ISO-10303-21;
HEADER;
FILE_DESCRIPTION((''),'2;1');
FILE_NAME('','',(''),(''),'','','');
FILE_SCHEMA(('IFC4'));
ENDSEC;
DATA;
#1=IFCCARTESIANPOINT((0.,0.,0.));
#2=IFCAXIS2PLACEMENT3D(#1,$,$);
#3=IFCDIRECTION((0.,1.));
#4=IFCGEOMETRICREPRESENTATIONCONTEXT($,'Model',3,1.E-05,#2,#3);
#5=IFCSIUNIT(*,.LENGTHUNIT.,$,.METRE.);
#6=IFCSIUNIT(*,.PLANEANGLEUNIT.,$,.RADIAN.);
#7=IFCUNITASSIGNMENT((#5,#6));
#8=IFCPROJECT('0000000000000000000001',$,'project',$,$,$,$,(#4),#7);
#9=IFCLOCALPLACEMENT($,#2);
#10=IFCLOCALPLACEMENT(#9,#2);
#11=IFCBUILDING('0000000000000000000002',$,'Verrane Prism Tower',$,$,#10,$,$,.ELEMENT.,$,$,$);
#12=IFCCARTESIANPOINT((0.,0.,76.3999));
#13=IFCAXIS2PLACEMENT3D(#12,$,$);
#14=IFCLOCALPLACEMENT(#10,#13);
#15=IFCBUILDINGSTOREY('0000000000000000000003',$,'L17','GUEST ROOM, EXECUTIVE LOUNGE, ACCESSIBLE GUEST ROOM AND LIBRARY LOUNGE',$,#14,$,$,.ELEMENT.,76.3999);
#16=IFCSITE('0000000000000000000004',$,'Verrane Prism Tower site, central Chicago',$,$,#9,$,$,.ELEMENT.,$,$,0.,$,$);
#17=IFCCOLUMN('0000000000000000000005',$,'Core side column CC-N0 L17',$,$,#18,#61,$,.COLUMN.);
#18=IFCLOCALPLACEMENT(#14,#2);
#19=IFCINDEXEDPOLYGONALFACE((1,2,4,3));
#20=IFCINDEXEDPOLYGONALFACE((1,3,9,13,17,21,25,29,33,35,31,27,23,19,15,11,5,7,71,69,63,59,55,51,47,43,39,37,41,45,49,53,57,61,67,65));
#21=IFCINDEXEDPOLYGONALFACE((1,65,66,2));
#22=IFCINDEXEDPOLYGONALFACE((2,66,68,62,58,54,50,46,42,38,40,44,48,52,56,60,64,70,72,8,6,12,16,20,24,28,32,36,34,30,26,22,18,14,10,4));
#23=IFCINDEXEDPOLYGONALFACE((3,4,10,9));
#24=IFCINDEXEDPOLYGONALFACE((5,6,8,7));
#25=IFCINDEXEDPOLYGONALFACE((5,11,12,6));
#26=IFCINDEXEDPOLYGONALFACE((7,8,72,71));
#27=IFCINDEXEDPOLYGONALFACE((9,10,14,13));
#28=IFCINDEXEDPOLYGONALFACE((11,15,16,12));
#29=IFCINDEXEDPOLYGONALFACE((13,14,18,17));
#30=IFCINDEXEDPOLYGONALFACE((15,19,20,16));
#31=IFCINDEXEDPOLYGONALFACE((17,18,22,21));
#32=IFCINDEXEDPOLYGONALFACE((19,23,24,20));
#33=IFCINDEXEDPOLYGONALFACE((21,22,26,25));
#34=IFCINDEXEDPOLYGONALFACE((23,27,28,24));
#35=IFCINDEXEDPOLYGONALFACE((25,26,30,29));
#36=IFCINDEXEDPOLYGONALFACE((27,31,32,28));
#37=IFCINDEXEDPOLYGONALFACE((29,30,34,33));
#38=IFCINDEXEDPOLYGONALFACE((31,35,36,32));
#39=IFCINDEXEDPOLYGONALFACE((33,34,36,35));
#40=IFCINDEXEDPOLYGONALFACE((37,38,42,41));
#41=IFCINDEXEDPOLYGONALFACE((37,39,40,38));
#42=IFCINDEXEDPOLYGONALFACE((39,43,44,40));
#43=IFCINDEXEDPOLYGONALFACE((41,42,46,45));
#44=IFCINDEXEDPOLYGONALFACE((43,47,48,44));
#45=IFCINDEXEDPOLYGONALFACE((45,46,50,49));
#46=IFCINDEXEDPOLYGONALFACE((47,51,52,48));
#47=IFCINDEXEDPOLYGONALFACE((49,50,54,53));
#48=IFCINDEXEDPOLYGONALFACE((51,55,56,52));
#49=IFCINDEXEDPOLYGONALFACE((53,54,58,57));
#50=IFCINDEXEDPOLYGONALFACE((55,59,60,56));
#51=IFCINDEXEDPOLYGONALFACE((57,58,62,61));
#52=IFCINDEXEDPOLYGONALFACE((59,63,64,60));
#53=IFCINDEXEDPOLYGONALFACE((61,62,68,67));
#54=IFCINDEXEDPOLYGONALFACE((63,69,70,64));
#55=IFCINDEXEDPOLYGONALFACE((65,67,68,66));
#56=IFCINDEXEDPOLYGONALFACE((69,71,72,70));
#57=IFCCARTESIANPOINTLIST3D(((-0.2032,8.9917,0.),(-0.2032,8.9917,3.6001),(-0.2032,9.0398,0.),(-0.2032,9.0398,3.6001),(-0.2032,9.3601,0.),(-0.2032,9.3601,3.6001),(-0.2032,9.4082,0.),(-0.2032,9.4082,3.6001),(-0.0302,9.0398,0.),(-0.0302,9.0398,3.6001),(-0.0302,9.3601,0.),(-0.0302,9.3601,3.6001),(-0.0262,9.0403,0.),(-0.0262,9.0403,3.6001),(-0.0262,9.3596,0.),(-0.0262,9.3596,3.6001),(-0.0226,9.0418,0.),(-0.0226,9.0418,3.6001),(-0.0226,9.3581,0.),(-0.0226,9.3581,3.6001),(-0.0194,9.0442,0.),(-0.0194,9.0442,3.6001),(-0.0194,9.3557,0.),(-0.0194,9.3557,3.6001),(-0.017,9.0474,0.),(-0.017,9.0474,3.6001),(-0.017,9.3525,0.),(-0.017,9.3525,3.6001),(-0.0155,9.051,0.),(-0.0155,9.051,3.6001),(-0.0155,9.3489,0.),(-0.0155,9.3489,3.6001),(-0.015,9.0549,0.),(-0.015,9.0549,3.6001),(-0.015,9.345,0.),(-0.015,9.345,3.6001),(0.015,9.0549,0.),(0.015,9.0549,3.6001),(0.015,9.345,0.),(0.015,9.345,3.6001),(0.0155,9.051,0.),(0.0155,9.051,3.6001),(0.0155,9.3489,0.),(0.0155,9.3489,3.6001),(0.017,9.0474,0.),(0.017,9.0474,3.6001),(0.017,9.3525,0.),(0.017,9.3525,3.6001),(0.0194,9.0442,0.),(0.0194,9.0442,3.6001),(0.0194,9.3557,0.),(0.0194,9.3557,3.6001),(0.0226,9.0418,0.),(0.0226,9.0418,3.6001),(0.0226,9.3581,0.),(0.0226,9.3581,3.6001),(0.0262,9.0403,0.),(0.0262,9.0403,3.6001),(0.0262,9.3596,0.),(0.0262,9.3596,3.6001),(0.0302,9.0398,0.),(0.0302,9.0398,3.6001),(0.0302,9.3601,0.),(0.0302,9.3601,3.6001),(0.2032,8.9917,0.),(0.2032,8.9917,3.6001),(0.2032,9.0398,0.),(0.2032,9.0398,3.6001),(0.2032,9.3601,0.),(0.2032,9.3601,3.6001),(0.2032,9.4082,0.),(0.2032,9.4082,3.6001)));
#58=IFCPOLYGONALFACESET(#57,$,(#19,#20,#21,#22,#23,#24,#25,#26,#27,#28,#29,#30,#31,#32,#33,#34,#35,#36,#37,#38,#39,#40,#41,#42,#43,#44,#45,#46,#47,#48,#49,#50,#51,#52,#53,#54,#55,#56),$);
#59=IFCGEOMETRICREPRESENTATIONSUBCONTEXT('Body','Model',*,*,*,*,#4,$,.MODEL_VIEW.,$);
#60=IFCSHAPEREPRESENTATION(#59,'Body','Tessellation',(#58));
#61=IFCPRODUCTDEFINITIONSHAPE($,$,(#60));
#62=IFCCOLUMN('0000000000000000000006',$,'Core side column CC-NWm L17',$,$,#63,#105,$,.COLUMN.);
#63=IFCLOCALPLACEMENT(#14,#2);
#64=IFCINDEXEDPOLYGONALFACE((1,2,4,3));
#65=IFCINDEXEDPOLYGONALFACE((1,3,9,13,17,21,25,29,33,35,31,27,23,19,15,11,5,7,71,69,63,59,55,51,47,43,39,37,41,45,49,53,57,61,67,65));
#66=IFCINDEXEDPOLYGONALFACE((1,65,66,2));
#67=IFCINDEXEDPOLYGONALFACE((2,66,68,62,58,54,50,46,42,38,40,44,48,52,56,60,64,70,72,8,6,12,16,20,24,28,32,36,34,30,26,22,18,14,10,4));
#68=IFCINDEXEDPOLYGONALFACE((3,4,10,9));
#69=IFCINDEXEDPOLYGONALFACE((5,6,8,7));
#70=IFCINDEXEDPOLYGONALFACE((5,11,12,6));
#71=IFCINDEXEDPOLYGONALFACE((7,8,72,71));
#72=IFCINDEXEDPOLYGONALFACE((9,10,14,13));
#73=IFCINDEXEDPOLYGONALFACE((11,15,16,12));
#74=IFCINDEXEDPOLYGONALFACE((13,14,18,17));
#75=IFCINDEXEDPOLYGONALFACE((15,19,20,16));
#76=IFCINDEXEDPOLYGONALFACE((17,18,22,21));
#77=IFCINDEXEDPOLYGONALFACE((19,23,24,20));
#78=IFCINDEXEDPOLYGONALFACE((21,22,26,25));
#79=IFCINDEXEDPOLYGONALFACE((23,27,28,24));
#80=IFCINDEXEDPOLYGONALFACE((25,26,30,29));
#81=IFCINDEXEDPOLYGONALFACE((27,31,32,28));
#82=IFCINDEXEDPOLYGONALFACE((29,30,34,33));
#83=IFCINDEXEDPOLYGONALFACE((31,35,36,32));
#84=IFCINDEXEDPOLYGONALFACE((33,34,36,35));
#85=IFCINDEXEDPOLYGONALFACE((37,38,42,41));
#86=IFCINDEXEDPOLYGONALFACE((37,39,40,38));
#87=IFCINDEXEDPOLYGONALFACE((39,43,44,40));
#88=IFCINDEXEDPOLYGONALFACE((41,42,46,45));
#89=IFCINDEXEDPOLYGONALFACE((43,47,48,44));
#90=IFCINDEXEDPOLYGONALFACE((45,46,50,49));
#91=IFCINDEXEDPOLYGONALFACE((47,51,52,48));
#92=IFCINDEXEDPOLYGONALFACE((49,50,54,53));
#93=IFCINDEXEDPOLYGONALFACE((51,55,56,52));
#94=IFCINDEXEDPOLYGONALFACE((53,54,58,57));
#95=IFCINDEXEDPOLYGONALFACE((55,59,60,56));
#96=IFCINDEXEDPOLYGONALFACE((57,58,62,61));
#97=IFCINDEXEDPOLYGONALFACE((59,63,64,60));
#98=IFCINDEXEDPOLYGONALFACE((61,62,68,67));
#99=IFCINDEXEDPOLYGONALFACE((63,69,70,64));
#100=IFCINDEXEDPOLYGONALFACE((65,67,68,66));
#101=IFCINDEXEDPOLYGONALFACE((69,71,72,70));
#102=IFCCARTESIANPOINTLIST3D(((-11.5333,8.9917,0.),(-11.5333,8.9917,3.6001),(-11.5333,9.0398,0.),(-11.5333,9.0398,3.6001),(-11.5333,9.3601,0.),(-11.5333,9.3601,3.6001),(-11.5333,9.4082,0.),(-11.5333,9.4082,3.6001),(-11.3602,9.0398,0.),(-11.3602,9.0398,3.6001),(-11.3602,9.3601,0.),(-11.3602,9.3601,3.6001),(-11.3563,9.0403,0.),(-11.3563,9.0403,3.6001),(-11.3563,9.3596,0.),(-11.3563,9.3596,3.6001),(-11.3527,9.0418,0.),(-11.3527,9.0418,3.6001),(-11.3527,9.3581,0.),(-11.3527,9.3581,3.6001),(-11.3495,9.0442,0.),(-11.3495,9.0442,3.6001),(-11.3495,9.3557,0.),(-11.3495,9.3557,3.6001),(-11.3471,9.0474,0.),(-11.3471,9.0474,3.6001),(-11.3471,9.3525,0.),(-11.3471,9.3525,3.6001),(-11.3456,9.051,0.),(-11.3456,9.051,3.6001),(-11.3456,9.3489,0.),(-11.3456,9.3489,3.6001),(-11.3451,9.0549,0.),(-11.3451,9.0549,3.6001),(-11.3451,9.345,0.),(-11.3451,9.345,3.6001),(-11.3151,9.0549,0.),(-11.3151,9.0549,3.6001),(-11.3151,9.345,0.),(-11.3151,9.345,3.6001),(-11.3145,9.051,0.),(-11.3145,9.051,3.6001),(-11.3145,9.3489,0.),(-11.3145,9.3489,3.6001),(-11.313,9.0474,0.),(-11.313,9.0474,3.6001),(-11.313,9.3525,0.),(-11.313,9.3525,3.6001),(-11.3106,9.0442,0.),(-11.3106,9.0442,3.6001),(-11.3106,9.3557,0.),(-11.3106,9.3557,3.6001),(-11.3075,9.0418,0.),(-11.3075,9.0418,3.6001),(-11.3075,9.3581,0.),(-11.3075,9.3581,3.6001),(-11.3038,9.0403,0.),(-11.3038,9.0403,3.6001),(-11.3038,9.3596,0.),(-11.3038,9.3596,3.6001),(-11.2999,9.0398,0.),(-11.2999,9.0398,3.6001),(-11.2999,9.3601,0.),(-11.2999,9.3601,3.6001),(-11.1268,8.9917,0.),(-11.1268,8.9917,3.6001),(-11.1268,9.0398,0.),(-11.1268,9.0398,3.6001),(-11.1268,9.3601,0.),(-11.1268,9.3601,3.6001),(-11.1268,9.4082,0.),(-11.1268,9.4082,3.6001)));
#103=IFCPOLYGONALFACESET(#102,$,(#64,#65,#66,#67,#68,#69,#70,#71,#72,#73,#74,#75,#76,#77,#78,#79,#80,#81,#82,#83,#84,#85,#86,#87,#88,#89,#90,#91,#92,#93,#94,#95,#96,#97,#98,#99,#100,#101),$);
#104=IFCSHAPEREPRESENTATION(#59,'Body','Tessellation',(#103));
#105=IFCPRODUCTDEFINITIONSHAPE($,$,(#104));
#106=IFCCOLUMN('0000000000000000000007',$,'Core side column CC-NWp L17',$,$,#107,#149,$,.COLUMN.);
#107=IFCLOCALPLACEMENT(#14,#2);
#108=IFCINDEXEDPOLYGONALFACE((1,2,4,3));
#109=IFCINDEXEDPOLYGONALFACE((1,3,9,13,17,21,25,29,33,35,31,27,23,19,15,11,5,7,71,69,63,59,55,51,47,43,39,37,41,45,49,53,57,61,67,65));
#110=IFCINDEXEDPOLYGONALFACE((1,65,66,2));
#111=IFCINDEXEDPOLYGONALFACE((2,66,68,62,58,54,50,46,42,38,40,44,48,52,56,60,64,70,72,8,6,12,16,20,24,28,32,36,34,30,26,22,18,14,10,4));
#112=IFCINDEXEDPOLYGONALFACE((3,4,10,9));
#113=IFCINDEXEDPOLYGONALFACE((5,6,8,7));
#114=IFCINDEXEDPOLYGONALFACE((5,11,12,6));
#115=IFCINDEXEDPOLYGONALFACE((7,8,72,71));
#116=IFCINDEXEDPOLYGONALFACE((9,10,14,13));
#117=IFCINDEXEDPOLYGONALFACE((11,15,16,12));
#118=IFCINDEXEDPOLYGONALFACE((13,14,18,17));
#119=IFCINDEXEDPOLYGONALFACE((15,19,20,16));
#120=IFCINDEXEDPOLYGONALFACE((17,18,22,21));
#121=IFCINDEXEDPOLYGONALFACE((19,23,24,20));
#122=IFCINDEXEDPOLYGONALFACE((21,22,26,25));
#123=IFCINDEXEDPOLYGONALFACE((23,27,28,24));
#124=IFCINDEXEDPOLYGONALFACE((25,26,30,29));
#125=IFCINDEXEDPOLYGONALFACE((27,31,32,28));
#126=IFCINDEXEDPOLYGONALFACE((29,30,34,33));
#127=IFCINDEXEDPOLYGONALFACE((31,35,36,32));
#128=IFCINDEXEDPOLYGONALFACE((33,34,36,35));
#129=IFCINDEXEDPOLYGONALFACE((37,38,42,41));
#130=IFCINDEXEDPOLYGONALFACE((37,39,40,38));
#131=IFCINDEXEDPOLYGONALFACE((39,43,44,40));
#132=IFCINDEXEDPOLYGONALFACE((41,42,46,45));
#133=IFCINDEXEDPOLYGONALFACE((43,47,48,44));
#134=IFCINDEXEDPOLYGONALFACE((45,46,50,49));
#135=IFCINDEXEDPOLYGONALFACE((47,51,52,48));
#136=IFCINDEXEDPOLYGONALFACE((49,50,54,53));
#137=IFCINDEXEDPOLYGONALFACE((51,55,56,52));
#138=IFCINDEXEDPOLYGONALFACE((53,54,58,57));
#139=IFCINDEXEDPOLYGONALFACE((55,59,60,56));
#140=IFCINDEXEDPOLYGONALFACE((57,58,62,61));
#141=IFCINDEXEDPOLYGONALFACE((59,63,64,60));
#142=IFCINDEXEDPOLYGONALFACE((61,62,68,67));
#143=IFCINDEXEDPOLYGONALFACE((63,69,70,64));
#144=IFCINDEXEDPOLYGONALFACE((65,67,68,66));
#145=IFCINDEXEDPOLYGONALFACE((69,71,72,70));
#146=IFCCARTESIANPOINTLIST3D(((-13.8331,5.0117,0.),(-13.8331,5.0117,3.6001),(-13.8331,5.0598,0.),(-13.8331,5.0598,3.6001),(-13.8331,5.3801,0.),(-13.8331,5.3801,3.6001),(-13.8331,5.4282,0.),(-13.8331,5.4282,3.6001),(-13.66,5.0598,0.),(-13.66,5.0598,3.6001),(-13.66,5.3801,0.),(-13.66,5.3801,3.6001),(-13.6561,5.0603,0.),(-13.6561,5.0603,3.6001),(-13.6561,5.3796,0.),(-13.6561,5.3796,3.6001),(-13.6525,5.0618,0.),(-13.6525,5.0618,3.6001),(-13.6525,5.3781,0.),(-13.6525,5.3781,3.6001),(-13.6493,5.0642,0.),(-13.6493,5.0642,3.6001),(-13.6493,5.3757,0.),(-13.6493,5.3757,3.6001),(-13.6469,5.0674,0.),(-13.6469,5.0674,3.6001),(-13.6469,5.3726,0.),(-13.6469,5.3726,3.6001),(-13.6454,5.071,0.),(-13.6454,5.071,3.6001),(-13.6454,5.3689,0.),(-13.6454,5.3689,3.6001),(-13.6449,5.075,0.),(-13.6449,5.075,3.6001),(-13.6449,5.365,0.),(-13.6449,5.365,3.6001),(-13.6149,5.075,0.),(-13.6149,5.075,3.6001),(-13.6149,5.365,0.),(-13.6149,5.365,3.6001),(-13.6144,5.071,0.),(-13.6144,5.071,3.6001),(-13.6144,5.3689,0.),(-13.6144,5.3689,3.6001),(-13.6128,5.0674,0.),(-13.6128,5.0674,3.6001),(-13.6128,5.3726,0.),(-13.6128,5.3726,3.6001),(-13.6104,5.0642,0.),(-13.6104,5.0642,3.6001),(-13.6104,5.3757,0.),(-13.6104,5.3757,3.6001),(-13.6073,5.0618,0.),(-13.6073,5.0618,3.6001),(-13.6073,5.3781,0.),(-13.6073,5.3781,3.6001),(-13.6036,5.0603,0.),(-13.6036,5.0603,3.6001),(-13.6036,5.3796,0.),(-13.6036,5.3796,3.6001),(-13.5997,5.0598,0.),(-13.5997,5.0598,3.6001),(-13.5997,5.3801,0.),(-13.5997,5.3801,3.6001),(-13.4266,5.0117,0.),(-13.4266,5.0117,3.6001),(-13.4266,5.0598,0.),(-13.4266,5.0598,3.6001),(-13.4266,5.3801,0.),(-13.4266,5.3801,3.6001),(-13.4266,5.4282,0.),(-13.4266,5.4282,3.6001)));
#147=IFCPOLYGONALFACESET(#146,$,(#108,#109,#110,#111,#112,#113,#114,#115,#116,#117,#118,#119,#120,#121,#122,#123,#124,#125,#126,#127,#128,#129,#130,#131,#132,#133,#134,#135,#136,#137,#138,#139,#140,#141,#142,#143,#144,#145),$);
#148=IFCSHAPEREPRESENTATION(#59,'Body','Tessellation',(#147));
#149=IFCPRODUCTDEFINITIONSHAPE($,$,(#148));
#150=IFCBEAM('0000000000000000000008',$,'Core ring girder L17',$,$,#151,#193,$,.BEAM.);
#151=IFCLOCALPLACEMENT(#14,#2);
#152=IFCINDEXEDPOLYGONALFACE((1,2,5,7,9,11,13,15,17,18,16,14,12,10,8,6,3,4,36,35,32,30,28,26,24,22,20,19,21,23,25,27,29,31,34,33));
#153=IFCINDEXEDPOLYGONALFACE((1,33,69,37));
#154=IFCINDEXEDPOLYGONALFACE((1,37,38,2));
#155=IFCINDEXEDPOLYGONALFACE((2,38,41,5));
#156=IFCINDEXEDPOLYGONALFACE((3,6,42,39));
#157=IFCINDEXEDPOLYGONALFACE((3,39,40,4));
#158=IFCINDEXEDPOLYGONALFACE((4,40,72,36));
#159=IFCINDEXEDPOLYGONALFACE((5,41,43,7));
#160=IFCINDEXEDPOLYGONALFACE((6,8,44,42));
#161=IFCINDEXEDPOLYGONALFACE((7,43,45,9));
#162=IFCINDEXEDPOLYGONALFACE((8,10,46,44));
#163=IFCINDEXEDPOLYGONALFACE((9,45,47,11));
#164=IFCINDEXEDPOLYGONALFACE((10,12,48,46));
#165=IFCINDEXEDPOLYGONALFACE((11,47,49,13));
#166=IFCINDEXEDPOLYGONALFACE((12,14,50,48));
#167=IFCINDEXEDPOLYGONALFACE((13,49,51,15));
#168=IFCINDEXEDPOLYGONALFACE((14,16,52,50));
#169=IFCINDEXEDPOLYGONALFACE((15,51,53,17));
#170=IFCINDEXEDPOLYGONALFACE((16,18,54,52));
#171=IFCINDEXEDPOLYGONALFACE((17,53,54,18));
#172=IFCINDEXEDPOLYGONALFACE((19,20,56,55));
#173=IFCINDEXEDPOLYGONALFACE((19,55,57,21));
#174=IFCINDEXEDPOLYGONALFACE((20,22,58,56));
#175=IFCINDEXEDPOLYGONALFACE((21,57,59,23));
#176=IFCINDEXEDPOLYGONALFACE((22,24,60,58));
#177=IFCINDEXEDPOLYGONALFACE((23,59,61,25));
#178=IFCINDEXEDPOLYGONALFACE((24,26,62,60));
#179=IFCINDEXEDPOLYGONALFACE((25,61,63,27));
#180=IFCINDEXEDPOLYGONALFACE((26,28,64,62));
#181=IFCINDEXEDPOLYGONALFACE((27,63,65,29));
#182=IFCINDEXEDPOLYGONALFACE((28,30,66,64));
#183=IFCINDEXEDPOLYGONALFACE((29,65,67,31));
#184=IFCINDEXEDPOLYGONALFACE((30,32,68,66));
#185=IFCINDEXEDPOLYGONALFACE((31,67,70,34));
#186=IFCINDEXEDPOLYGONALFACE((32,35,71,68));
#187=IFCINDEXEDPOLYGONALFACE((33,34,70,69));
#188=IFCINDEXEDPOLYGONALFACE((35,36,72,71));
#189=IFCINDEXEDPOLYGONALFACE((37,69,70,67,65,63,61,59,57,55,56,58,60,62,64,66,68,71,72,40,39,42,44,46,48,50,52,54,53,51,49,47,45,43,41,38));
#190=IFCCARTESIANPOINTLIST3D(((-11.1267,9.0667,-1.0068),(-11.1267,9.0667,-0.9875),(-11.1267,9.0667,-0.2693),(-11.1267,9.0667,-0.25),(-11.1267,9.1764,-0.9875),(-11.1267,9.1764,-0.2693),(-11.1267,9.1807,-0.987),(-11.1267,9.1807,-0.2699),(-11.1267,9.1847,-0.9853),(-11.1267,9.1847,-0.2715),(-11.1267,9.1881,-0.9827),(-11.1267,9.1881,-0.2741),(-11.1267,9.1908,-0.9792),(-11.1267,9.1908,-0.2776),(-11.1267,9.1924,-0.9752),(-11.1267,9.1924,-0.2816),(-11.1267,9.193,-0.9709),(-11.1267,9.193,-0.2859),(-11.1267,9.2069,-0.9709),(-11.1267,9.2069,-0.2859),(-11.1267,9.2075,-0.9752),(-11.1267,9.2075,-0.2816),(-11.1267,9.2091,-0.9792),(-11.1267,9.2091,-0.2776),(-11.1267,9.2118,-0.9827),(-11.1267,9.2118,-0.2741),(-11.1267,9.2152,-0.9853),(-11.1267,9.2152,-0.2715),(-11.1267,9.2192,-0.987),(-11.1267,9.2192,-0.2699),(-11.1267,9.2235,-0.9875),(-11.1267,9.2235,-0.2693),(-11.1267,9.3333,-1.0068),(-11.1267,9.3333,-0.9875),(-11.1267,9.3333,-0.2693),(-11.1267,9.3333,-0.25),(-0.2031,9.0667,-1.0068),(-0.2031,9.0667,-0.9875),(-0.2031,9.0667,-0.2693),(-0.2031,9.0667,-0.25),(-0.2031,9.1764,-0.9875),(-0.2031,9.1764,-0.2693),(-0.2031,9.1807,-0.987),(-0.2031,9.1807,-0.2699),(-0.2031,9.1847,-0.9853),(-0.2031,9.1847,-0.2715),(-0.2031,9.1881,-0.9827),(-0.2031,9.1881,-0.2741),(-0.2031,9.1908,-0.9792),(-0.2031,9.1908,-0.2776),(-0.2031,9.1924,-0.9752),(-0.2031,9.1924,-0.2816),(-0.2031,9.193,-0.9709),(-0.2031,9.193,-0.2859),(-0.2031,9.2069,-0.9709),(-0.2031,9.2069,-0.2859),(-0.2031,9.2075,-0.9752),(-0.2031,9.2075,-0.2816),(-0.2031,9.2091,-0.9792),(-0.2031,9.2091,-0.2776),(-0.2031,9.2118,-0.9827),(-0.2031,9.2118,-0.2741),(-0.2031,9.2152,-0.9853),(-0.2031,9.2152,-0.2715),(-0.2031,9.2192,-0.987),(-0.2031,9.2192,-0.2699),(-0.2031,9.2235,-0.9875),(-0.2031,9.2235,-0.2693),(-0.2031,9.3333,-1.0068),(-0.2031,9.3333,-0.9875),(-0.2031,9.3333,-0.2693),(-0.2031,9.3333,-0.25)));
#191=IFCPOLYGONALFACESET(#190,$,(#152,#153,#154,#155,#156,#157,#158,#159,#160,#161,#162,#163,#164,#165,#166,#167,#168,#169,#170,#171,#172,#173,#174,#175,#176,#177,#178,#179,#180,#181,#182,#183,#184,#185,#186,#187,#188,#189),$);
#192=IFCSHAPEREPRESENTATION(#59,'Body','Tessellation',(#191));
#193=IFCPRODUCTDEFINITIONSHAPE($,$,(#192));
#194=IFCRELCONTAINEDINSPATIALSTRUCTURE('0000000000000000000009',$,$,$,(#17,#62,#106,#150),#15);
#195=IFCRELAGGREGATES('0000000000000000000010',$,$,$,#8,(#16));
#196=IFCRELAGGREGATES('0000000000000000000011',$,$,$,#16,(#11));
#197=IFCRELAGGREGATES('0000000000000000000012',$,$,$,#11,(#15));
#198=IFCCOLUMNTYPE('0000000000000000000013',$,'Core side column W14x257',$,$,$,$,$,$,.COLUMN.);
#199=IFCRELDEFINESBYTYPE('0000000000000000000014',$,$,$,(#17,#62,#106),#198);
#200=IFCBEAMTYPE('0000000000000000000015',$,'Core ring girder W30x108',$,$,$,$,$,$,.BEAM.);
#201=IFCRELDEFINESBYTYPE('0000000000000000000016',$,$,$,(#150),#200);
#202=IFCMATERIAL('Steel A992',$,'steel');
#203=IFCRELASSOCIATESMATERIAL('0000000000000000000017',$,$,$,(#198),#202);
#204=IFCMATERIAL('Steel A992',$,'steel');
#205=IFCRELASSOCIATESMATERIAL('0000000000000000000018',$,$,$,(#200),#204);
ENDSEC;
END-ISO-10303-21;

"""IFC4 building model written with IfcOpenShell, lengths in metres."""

from ifc_helpers import new_model, si_unit, direction, frame, origin, origin_2d, place, context, subcontext, project, spatial, i_section, extrude, material, material_profile, profile_set, type_object, element, save


model = new_model("IFC4")

# Units and contexts
model_context = context("Model", 3, precision=1e-05, world=origin(), true_north=direction((0.0, 1.0)))
body_context = subcontext(model_context, "Body", "Model", "MODEL_VIEW")
ifc_project = project(units=[si_unit("LENGTHUNIT", "METRE"), si_unit("PLANEANGLEUNIT", "RADIAN")], contexts=[model_context])

# Site, building, storey
site_placement = place(None, origin())
site = spatial("IfcSite", under=ifc_project, at=site_placement, Name="Verrane Prism Tower site, central Chicago", CompositionType="ELEMENT", RefElevation=0.0)
building_placement = place(site_placement, origin())
building = spatial("IfcBuilding", under=site, at=building_placement, Name="Verrane Prism Tower", CompositionType="ELEMENT")
storey_placement = place(building_placement, frame((0.0, 0.0, 76.3999)))
storey = spatial("IfcBuildingStorey", under=building, at=storey_placement, Name="L17", Description="GUEST ROOM, EXECUTIVE LOUNGE, ACCESSIBLE GUEST ROOM AND LIBRARY LOUNGE", CompositionType="ELEMENT", Elevation=76.3999)

# Columns
ifc_material_1 = material(Name="Steel A992", Category="steel")
ifc_material_profile_1 = material_profile(ifc_material_1, i_section(OverallWidth=0.4065, OverallDepth=0.4165, WebThickness=0.03, FlangeThickness=0.0481, FilletRadius=0.0151, at=origin_2d()), Name="W14x257")
ifc_profile_set_1 = profile_set([ifc_material_profile_1], Name="Steel A992")
column_type = type_object("IfcColumnType", Name="Core side column W14x257", PredefinedType="COLUMN", material=ifc_profile_set_1)
for number, where, z_axis, x_axis, name in (
    (1, (0.0, 9.2, 0.0), (0.0, 0.0, 1.0), (1.0, 0.0, 0.0), "Core side column CC-N0 L17"),
    (2, (-11.3301, 9.2, 0.0), (0.0, 0.0, 1.0), (1.0, 0.0, 0.0), "Core side column CC-NWm L17"),
    (3, (-13.6299, 5.22, 0.0), (0.0, 0.0, 1.0), (1.0, 0.0, 0.0), "Core side column CC-NWp L17"),
):
    element("IfcColumn", number, at=place(storey_placement, frame(where, z_axis=z_axis, x_axis=x_axis)), inside=storey, type_object=column_type, Name=name, PredefinedType="COLUMN", context=body_context, shape_type="SweptSolid", body=[
        extrude(i_section(OverallWidth=0.4065, OverallDepth=0.4165, WebThickness=0.03, FlangeThickness=0.0481, FilletRadius=0.0151, at=origin_2d()), origin(), (0.0, 0.0, 1.0), 3.6001),
    ])

# Beam
ifc_material_2 = material(Name="Steel A992", Category="steel")
ifc_material_profile_2 = material_profile(ifc_material_2, i_section(OverallWidth=0.2666, OverallDepth=0.7568, WebThickness=0.0139, FlangeThickness=0.0193, FilletRadius=0.0166, at=origin_2d()), Name="W30x108")
ifc_profile_set_2 = profile_set([ifc_material_profile_2], Name="Steel A992")
beam_type = type_object("IfcBeamType", Name="Core ring girder W30x108", PredefinedType="BEAM", material=ifc_profile_set_2)
beam_1_placement = place(storey_placement, frame((-0.2031, 9.2, -0.6284), z_axis=(-1.0, 0.0, 0.0), x_axis=(0.0, -1.0, 0.0)))
element("IfcBeam", 4, at=beam_1_placement, inside=storey, type_object=beam_type, Name="Core ring girder L17", PredefinedType="BEAM", context=body_context, shape_type="SweptSolid", body=[
    extrude(i_section(OverallWidth=0.2666, OverallDepth=0.7568, WebThickness=0.0139, FlangeThickness=0.0193, FilletRadius=0.0166, at=origin_2d()), origin(), (0.0, 0.0, 1.0), 10.9236),
])

save(model, "model.ifc")
